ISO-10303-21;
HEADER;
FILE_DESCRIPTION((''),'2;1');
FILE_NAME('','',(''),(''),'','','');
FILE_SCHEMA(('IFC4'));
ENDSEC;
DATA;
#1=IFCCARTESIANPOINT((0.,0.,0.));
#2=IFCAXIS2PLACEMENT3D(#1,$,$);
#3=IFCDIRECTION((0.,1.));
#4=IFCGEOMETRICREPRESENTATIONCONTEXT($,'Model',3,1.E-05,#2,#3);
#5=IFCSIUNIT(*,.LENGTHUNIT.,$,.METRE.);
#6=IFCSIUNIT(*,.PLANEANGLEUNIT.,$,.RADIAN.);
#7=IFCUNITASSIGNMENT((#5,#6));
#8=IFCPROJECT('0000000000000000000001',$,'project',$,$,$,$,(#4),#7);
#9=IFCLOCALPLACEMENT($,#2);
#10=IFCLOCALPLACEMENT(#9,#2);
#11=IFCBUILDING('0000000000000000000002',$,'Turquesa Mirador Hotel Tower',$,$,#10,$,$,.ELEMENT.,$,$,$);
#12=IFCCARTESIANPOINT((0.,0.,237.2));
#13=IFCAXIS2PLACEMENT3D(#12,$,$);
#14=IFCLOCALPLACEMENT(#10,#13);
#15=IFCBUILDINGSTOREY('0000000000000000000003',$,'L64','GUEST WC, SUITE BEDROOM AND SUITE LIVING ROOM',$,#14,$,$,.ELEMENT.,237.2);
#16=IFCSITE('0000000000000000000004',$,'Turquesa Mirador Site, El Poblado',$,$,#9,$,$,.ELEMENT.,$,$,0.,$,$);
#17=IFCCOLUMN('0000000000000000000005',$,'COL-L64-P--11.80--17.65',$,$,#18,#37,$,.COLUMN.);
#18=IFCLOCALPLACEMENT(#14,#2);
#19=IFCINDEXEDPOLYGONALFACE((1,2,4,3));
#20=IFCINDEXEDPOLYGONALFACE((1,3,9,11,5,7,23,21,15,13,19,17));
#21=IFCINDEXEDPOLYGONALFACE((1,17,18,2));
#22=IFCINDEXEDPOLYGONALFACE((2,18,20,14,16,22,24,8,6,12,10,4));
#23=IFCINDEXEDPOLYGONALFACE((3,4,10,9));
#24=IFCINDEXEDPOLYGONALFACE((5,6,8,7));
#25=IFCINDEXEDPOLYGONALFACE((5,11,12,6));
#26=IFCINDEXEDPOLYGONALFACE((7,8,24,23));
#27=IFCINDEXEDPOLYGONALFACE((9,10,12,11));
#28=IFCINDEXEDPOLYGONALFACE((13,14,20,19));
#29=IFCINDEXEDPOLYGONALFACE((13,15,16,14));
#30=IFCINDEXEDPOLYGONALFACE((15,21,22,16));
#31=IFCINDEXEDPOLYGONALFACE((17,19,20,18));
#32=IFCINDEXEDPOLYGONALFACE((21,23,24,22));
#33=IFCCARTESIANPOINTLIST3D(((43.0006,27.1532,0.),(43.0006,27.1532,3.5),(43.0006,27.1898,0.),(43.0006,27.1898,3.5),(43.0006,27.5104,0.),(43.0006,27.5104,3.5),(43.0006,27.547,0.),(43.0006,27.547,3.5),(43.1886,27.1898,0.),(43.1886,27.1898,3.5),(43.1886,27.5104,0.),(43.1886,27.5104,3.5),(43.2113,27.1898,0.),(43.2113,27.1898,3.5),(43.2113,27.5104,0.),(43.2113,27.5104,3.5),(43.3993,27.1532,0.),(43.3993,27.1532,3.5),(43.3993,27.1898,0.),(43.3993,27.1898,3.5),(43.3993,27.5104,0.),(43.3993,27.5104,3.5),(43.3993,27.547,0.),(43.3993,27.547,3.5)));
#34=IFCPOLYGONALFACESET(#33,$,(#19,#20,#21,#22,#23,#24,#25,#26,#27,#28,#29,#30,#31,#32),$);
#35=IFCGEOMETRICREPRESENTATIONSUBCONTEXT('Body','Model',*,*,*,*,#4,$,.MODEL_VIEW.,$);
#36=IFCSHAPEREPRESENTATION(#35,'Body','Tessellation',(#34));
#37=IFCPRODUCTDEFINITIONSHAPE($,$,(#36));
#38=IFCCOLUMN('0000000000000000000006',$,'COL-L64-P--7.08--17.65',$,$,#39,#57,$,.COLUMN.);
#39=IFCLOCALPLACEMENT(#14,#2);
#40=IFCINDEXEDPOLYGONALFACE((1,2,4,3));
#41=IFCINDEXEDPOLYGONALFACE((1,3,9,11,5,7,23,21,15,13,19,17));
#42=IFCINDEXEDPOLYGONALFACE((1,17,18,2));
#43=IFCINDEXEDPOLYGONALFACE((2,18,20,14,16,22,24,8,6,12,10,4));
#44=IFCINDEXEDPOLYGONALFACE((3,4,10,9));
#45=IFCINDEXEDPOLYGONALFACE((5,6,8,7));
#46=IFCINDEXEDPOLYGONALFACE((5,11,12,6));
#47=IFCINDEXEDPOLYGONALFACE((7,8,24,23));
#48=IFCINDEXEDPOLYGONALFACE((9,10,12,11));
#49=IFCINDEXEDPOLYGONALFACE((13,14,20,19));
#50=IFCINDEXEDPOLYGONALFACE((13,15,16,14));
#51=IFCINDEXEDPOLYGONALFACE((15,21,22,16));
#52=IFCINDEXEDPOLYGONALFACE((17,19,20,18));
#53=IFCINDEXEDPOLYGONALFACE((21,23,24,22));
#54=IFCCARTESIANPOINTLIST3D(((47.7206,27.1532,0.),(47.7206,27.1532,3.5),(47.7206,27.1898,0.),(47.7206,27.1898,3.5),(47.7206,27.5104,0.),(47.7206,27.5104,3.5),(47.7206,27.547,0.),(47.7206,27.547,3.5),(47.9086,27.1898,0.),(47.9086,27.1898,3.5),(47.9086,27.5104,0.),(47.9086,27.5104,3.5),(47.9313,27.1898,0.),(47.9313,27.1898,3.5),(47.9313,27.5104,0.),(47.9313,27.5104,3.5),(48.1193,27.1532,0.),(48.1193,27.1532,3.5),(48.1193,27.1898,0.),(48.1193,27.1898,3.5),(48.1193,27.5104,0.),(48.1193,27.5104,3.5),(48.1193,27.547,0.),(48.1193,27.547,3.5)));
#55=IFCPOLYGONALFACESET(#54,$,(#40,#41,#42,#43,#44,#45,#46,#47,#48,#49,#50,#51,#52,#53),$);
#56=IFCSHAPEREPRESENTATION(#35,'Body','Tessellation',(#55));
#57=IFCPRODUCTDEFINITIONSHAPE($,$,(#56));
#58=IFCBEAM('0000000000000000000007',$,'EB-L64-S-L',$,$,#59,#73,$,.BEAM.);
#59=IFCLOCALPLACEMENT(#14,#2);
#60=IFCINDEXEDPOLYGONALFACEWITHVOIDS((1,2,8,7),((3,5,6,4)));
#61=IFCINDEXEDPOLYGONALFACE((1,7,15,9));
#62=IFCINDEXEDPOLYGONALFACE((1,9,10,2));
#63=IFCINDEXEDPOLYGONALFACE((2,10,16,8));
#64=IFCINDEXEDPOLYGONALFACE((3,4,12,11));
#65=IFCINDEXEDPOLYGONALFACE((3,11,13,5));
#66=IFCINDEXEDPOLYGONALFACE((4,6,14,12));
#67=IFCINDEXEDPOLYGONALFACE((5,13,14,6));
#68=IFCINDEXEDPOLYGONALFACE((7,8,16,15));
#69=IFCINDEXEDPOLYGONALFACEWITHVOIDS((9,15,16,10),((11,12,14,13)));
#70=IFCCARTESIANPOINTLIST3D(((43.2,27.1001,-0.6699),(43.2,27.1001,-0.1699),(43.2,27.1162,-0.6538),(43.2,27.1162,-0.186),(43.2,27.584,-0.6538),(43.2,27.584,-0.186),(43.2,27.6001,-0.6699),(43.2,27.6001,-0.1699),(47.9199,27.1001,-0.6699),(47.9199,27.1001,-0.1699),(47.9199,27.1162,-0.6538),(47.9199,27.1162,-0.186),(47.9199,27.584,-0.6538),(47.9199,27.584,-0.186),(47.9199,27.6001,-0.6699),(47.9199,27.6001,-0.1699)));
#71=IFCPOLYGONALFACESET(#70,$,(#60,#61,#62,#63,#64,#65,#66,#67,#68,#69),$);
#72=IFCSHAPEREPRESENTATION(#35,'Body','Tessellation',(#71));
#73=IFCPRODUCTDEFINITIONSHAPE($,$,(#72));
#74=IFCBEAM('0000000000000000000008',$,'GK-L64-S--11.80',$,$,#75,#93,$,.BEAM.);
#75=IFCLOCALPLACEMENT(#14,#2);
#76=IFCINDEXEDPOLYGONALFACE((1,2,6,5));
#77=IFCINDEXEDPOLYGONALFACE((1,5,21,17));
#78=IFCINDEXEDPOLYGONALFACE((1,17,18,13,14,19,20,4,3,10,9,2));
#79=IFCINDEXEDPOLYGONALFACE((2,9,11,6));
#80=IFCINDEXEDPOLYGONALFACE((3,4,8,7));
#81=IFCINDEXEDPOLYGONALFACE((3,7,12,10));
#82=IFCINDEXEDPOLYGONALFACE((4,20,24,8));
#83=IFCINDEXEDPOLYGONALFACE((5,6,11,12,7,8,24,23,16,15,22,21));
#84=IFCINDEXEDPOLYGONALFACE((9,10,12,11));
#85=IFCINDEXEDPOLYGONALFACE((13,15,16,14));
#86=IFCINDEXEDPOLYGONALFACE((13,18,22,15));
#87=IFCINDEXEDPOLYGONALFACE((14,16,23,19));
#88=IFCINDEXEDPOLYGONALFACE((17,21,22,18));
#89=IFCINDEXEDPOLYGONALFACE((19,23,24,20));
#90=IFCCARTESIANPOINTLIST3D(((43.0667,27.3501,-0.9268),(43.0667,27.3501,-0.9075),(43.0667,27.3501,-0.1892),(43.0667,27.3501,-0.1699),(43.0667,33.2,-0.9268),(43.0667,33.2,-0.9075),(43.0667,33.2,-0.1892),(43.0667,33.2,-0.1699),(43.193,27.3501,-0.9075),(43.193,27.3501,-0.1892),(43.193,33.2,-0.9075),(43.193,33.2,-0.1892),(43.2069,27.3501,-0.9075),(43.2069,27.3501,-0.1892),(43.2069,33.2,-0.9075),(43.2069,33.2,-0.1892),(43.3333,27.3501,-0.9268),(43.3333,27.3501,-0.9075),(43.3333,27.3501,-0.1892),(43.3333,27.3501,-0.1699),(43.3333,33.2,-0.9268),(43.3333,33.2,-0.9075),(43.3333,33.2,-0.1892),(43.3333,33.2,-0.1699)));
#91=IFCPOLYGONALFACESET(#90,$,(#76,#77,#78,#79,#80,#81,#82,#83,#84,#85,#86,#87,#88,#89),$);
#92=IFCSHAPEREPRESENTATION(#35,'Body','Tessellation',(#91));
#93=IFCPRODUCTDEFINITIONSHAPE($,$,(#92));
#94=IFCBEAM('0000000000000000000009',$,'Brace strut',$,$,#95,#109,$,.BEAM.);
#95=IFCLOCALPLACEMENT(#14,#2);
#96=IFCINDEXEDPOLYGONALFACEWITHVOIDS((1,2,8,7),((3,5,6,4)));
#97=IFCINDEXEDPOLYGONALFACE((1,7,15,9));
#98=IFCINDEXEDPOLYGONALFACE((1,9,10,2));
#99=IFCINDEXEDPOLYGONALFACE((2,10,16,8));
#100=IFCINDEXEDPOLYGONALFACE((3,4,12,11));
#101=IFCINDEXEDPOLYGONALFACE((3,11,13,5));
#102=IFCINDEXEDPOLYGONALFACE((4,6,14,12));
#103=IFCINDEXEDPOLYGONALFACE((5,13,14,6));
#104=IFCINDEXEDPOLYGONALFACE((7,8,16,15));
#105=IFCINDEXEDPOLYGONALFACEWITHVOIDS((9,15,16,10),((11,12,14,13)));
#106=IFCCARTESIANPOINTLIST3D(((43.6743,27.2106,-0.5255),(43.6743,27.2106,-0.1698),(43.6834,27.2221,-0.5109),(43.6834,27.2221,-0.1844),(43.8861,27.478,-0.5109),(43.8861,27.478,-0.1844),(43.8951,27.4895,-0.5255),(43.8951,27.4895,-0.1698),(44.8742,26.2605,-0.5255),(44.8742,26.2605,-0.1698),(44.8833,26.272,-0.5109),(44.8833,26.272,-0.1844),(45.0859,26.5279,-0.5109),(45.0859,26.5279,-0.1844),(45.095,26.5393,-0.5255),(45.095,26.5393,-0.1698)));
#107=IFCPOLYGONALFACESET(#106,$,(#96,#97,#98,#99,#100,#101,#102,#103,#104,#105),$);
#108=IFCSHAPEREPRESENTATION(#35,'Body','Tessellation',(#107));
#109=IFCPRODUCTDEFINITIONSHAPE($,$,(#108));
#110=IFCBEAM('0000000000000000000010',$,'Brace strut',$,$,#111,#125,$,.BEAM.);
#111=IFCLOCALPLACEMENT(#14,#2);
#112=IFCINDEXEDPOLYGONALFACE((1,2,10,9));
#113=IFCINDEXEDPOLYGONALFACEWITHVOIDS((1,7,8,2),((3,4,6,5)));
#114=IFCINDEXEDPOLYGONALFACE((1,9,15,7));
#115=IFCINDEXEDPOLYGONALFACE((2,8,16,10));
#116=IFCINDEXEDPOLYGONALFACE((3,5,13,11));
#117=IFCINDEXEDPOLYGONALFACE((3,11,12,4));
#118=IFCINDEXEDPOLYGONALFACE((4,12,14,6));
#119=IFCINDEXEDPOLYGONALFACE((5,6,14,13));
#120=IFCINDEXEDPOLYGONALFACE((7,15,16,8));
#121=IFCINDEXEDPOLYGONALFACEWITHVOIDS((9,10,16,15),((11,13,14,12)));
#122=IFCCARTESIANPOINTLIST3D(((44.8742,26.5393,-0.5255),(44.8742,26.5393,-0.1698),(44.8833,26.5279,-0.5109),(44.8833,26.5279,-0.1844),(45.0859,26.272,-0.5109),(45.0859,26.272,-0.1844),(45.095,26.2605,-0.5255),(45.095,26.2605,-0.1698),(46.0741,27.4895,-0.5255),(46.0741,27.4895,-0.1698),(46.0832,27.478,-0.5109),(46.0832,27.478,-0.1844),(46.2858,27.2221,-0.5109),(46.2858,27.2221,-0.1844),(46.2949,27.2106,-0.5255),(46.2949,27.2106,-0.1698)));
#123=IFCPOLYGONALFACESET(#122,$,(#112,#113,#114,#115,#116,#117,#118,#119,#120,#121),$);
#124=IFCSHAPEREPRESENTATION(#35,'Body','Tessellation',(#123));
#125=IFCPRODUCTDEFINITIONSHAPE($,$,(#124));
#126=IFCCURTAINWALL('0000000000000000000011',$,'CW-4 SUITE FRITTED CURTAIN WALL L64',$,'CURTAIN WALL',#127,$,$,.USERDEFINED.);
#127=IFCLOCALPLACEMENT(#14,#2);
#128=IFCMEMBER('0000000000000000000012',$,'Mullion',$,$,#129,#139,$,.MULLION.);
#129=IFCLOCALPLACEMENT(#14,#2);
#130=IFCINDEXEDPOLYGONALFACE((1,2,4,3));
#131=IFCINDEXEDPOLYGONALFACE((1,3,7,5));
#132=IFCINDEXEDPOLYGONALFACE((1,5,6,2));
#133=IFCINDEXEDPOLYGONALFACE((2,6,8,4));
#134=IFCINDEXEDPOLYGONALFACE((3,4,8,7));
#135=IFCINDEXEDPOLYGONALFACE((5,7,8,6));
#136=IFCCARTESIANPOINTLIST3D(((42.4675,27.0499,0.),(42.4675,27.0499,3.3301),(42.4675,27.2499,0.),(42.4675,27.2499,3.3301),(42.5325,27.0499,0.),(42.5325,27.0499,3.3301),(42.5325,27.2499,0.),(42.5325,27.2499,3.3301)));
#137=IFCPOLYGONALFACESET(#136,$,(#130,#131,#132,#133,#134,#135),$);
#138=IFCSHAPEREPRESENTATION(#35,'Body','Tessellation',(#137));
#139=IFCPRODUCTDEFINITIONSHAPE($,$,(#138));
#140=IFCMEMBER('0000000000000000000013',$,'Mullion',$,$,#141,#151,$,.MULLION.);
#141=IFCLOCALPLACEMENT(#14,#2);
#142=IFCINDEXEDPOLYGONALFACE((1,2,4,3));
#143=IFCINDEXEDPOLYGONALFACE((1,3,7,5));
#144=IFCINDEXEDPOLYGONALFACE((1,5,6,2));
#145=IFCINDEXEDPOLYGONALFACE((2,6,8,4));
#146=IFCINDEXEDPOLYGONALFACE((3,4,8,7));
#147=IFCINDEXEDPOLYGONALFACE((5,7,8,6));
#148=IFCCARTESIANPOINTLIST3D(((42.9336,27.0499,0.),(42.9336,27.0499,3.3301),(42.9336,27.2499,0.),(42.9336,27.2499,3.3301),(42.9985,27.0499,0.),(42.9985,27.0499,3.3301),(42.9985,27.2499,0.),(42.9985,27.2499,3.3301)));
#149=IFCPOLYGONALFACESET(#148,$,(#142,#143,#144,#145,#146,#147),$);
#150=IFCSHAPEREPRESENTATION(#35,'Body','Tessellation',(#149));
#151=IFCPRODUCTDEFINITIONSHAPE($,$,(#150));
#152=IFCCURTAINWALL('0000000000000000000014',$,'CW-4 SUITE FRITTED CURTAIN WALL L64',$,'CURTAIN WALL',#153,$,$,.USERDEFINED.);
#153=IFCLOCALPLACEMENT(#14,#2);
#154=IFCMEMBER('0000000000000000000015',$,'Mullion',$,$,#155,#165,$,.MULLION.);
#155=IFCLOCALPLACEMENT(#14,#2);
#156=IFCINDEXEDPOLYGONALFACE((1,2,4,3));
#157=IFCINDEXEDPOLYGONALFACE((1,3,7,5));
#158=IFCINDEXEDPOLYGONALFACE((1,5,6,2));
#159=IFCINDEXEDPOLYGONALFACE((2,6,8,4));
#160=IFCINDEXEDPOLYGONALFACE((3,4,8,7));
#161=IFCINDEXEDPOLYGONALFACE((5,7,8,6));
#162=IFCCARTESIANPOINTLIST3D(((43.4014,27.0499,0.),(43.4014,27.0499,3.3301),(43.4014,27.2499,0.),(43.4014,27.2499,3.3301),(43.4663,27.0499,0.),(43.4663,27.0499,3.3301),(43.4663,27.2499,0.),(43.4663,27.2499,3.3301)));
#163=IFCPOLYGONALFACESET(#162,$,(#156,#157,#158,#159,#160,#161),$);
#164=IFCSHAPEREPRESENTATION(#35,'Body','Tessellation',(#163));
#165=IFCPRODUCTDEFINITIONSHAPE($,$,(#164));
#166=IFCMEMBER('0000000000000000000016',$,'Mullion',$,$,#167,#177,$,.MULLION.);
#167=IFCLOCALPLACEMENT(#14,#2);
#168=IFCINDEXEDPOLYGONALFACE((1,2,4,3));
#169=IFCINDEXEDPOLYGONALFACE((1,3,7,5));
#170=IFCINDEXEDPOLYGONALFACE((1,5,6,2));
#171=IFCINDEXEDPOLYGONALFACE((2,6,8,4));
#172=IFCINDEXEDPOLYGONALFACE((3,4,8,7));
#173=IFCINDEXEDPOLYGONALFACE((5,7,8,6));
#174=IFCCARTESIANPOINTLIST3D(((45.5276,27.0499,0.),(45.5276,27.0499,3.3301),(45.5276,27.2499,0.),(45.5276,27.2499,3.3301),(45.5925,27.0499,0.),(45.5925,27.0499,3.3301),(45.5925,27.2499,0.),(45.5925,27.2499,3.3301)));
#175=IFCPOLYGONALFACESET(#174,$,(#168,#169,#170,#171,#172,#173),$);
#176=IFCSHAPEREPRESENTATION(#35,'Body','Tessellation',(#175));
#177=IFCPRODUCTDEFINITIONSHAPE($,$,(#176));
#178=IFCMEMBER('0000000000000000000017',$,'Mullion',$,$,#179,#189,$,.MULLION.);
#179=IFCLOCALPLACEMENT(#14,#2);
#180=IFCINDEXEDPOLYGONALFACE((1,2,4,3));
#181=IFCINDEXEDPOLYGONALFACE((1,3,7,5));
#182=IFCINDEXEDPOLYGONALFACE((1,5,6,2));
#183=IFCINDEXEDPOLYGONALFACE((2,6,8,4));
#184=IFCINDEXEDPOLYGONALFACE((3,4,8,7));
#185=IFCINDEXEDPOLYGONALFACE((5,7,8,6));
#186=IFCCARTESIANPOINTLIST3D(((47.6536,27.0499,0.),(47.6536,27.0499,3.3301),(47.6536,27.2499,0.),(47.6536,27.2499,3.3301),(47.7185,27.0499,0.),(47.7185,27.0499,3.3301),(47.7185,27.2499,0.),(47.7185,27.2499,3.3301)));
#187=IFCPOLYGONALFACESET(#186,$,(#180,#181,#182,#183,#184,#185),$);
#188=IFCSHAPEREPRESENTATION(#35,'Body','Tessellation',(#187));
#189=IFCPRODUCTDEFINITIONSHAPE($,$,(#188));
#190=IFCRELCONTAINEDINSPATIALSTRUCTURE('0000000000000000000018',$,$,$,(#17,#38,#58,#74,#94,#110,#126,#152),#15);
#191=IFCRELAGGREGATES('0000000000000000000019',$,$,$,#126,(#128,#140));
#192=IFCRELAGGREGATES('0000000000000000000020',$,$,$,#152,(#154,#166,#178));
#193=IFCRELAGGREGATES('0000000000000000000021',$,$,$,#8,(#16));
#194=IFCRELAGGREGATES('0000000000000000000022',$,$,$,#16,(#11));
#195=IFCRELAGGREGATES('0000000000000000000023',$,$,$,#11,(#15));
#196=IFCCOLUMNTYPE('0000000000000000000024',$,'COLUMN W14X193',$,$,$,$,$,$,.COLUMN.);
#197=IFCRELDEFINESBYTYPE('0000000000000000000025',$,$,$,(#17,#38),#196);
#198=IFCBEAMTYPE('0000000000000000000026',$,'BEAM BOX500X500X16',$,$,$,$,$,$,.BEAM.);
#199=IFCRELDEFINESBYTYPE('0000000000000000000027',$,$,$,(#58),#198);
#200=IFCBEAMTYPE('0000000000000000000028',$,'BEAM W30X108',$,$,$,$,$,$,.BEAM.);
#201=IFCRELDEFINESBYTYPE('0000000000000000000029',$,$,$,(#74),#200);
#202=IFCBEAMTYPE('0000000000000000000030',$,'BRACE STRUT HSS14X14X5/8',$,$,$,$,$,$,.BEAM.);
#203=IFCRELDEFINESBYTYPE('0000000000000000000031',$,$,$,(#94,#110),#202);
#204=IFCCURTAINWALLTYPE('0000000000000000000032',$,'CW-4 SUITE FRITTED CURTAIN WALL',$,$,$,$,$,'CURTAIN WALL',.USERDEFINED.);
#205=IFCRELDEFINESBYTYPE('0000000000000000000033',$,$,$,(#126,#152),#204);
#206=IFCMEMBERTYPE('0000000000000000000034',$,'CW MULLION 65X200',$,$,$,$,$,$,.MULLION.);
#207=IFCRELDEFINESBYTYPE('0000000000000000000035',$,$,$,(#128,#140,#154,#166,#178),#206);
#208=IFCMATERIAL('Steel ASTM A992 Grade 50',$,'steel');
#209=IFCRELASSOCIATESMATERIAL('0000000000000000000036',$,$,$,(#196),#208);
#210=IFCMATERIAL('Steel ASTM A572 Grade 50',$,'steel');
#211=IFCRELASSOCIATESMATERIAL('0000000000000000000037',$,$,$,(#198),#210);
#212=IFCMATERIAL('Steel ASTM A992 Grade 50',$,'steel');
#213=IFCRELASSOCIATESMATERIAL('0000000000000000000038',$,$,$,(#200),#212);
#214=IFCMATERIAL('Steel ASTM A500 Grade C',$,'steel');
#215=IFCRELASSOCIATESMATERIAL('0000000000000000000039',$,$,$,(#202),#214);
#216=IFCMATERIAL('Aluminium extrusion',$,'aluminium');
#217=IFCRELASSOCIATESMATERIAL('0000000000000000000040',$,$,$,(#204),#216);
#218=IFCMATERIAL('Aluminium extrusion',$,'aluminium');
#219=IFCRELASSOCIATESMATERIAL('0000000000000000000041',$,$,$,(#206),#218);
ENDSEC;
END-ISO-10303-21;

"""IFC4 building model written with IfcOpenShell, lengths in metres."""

from ifc_helpers import new_model, si_unit, direction, frame, origin, origin_2d, place, context, subcontext, project, spatial, rectangle, hollow_rectangle, i_section, extrude, material, material_profile, profile_set, type_object, element, aggregate, save


model = new_model("IFC4")

# Units and contexts
model_context = context("Model", 3, precision=1e-05, world=origin(), true_north=direction((0.0, 1.0)))
body_context = subcontext(model_context, "Body", "Model", "MODEL_VIEW")
ifc_project = project(units=[si_unit("LENGTHUNIT", "METRE"), si_unit("PLANEANGLEUNIT", "RADIAN")], contexts=[model_context])

# Site, building, storey
site_placement = place(None, origin())
site = spatial("IfcSite", under=ifc_project, at=site_placement, Name="Turquesa Mirador Site, El Poblado", CompositionType="ELEMENT", RefElevation=0.0)
building_placement = place(site_placement, origin())
building = spatial("IfcBuilding", under=site, at=building_placement, Name="Turquesa Mirador Hotel Tower", CompositionType="ELEMENT")
storey_placement = place(building_placement, frame((0.0, 0.0, 237.2)))
storey = spatial("IfcBuildingStorey", under=building, at=storey_placement, Name="L64", Description="GUEST WC, SUITE BEDROOM AND SUITE LIVING ROOM", CompositionType="ELEMENT", Elevation=237.2)

# Columns
ifc_material_1 = material(Name="Steel ASTM A992 Grade 50", Category="steel")
ifc_material_profile_1 = material_profile(ifc_material_1, i_section(OverallWidth=0.3987, OverallDepth=0.3938, WebThickness=0.0227, FlangeThickness=0.0366, at=origin_2d()), Name="W14X193")
ifc_profile_set_1 = profile_set([ifc_material_profile_1], Name="Steel ASTM A992 Grade 50")
column_type = type_object("IfcColumnType", Name="COLUMN W14X193", PredefinedType="COLUMN", material=ifc_profile_set_1)
for number, where, z_axis, x_axis, name in (
    (1, (43.2, 27.3501, 0.0), (0.0, 0.0, 1.0), (1.0, 0.0, 0.0), "COL-L64-P--11.80--17.65"),
    (2, (47.9199, 27.3501, 0.0), (0.0, 0.0, 1.0), (1.0, 0.0, 0.0), "COL-L64-P--7.08--17.65"),
):
    element("IfcColumn", number, at=place(storey_placement, frame(where, z_axis=z_axis, x_axis=x_axis)), inside=storey, type_object=column_type, Name=name, PredefinedType="COLUMN", context=body_context, shape_type="SweptSolid", body=[
        extrude(i_section(OverallWidth=0.3987, OverallDepth=0.3938, WebThickness=0.0227, FlangeThickness=0.0366, at=origin_2d()), origin(), (0.0, 0.0, 1.0), 3.5),
    ])

# Beams
ifc_material_2 = material(Name="Steel ASTM A572 Grade 50", Category="steel")
ifc_material_profile_2 = material_profile(ifc_material_2, hollow_rectangle(XDim=0.5, YDim=0.5, WallThickness=0.0161, at=origin_2d()), Name="BOX500X500X16")
ifc_profile_set_2 = profile_set([ifc_material_profile_2], Name="Steel ASTM A572 Grade 50")
beam_type_1 = type_object("IfcBeamType", Name="BEAM BOX500X500X16", PredefinedType="BEAM", material=ifc_profile_set_2)
beam_1_placement = place(storey_placement, frame((43.2, 27.3501, -0.4199), z_axis=(1.0, 0.0, 0.0), x_axis=(0.0, 1.0, 0.0)))
element("IfcBeam", 3, at=beam_1_placement, inside=storey, type_object=beam_type_1, Name="EB-L64-S-L", PredefinedType="BEAM", context=body_context, shape_type="SweptSolid", body=[
    extrude(hollow_rectangle(XDim=0.5, YDim=0.5, WallThickness=0.0161, at=origin_2d()), origin(), (0.0, 0.0, 1.0), 4.72),
])
ifc_material_3 = material(Name="Steel ASTM A992 Grade 50", Category="steel")
ifc_material_profile_3 = material_profile(ifc_material_3, i_section(OverallWidth=0.2666, OverallDepth=0.7568, WebThickness=0.0139, FlangeThickness=0.0193, at=origin_2d()), Name="W30X108")
ifc_profile_set_3 = profile_set([ifc_material_profile_3], Name="Steel ASTM A992 Grade 50")
beam_type_2 = type_object("IfcBeamType", Name="BEAM W30X108", PredefinedType="BEAM", material=ifc_profile_set_3)
beam_2_placement = place(storey_placement, frame((43.2, 27.3501, -0.5483), z_axis=(0.0, 1.0, 0.0), x_axis=(-1.0, 0.0, 0.0)))
element("IfcBeam", 4, at=beam_2_placement, inside=storey, type_object=beam_type_2, Name="GK-L64-S--11.80", PredefinedType="BEAM", context=body_context, shape_type="SweptSolid", body=[
    extrude(i_section(OverallWidth=0.2666, OverallDepth=0.7568, WebThickness=0.0139, FlangeThickness=0.0193, at=origin_2d()), origin(), (0.0, 0.0, 1.0), 5.8499),
])
ifc_material_4 = material(Name="Steel ASTM A500 Grade C", Category="steel")
ifc_material_profile_4 = material_profile(ifc_material_4, hollow_rectangle(XDim=0.3557, YDim=0.3557, WallThickness=0.0146, at=origin_2d()), Name="HSS14X14X5/8")
ifc_profile_set_4 = profile_set([ifc_material_profile_4], Name="Steel ASTM A500 Grade C")
beam_type_3 = type_object("IfcBeamType", Name="BRACE STRUT HSS14X14X5/8", PredefinedType="BEAM", material=ifc_profile_set_4)
for number, where, z_axis, x_axis, name in (
    (5, (44.9846, 26.3999, -0.3477), (-0.783971, 0.620797, 0.0), (-0.620797, -0.783971, 0.0), "Brace strut"),
    (6, (44.9846, 26.3999, -0.3477), (0.783971, 0.620797, 0.0), (-0.620797, 0.783971, 0.0), "Brace strut"),
):
    element("IfcBeam", number, at=place(storey_placement, frame(where, z_axis=z_axis, x_axis=x_axis)), inside=storey, type_object=beam_type_3, Name=name, PredefinedType="BEAM", context=body_context, shape_type="SweptSolid", body=[
        extrude(hollow_rectangle(XDim=0.3557, YDim=0.3557, WallThickness=0.0146, at=origin_2d()), origin(), (0.0, 0.0, 1.0), 1.5305),
    ])

# Curtain walls, members
ifc_material_5 = material(Name="Aluminium extrusion", Category="aluminium")
curtain_wall_type = type_object("IfcCurtainWallType", Name="CW-4 SUITE FRITTED CURTAIN WALL", ElementType="CURTAIN WALL", PredefinedType="USERDEFINED", material=ifc_material_5)
curtain_wall_1_placement = place(storey_placement, origin())
curtain_wall_1 = element("IfcCurtainWall", 7, at=curtain_wall_1_placement, inside=storey, type_object=curtain_wall_type, Name="CW-4 SUITE FRITTED CURTAIN WALL L64", ObjectType="CURTAIN WALL", PredefinedType="USERDEFINED")
ifc_material_6 = material(Name="Aluminium extrusion", Category="aluminium")
ifc_material_profile_5 = material_profile(ifc_material_6, rectangle(XDim=0.0649, YDim=0.2, at=origin_2d()), Name="MULLION 65X200")
ifc_profile_set_5 = profile_set([ifc_material_profile_5], Name="Aluminium extrusion")
member_type_1 = type_object("IfcMemberType", Name="CW MULLION 65X200", PredefinedType="MULLION", material=ifc_profile_set_5)
member_1_placement = place(storey_placement, frame((42.5, 27.1499, 0.0), z_axis=(0.0, 0.0, 1.0), x_axis=(1.0, 0.0, 0.0)))
member_1 = element("IfcMember", 8, at=member_1_placement, type_object=member_type_1, Name="Mullion", PredefinedType="MULLION", context=body_context, shape_type="SweptSolid", body=[
    extrude(rectangle(XDim=0.0649, YDim=0.2, at=origin_2d()), origin(), (0.0, 0.0, 1.0), 3.3301),
])
member_2_placement = place(storey_placement, frame((42.9661, 27.1499, 0.0), z_axis=(0.0, 0.0, 1.0), x_axis=(1.0, 0.0, 0.0)))
member_2 = element("IfcMember", 9, at=member_2_placement, type_object=member_type_1, Name="Mullion", PredefinedType="MULLION", context=body_context, shape_type="SweptSolid", body=[
    extrude(rectangle(XDim=0.0649, YDim=0.2, at=origin_2d()), origin(), (0.0, 0.0, 1.0), 3.3301),
])
curtain_wall_2_placement = place(storey_placement, origin())
curtain_wall_2 = element("IfcCurtainWall", 10, at=curtain_wall_2_placement, inside=storey, type_object=curtain_wall_type, Name="CW-4 SUITE FRITTED CURTAIN WALL L64", ObjectType="CURTAIN WALL", PredefinedType="USERDEFINED")
member_3_placement = place(storey_placement, frame((43.4338, 27.1499, 0.0), z_axis=(0.0, 0.0, 1.0), x_axis=(1.0, 0.0, 0.0)))
member_3 = element("IfcMember", 11, at=member_3_placement, type_object=member_type_1, Name="Mullion", PredefinedType="MULLION", context=body_context, shape_type="SweptSolid", body=[
    extrude(rectangle(XDim=0.0649, YDim=0.2, at=origin_2d()), origin(), (0.0, 0.0, 1.0), 3.3301),
])
member_4_placement = place(storey_placement, frame((45.5601, 27.1499, 0.0), z_axis=(0.0, 0.0, 1.0), x_axis=(1.0, 0.0, 0.0)))
member_4 = element("IfcMember", 12, at=member_4_placement, type_object=member_type_1, Name="Mullion", PredefinedType="MULLION", context=body_context, shape_type="SweptSolid", body=[
    extrude(rectangle(XDim=0.0649, YDim=0.2, at=origin_2d()), origin(), (0.0, 0.0, 1.0), 3.3301),
])
member_5_placement = place(storey_placement, frame((47.686, 27.1499, 0.0), z_axis=(0.0, 0.0, 1.0), x_axis=(1.0, 0.0, 0.0)))
member_5 = element("IfcMember", 13, at=member_5_placement, type_object=member_type_1, Name="Mullion", PredefinedType="MULLION", context=body_context, shape_type="SweptSolid", body=[
    extrude(rectangle(XDim=0.0649, YDim=0.2, at=origin_2d()), origin(), (0.0, 0.0, 1.0), 3.3301),
])

aggregate(curtain_wall_1, [member_1, member_2])
aggregate(curtain_wall_2, [member_3, member_4, member_5])

save(model, "model.ifc")
